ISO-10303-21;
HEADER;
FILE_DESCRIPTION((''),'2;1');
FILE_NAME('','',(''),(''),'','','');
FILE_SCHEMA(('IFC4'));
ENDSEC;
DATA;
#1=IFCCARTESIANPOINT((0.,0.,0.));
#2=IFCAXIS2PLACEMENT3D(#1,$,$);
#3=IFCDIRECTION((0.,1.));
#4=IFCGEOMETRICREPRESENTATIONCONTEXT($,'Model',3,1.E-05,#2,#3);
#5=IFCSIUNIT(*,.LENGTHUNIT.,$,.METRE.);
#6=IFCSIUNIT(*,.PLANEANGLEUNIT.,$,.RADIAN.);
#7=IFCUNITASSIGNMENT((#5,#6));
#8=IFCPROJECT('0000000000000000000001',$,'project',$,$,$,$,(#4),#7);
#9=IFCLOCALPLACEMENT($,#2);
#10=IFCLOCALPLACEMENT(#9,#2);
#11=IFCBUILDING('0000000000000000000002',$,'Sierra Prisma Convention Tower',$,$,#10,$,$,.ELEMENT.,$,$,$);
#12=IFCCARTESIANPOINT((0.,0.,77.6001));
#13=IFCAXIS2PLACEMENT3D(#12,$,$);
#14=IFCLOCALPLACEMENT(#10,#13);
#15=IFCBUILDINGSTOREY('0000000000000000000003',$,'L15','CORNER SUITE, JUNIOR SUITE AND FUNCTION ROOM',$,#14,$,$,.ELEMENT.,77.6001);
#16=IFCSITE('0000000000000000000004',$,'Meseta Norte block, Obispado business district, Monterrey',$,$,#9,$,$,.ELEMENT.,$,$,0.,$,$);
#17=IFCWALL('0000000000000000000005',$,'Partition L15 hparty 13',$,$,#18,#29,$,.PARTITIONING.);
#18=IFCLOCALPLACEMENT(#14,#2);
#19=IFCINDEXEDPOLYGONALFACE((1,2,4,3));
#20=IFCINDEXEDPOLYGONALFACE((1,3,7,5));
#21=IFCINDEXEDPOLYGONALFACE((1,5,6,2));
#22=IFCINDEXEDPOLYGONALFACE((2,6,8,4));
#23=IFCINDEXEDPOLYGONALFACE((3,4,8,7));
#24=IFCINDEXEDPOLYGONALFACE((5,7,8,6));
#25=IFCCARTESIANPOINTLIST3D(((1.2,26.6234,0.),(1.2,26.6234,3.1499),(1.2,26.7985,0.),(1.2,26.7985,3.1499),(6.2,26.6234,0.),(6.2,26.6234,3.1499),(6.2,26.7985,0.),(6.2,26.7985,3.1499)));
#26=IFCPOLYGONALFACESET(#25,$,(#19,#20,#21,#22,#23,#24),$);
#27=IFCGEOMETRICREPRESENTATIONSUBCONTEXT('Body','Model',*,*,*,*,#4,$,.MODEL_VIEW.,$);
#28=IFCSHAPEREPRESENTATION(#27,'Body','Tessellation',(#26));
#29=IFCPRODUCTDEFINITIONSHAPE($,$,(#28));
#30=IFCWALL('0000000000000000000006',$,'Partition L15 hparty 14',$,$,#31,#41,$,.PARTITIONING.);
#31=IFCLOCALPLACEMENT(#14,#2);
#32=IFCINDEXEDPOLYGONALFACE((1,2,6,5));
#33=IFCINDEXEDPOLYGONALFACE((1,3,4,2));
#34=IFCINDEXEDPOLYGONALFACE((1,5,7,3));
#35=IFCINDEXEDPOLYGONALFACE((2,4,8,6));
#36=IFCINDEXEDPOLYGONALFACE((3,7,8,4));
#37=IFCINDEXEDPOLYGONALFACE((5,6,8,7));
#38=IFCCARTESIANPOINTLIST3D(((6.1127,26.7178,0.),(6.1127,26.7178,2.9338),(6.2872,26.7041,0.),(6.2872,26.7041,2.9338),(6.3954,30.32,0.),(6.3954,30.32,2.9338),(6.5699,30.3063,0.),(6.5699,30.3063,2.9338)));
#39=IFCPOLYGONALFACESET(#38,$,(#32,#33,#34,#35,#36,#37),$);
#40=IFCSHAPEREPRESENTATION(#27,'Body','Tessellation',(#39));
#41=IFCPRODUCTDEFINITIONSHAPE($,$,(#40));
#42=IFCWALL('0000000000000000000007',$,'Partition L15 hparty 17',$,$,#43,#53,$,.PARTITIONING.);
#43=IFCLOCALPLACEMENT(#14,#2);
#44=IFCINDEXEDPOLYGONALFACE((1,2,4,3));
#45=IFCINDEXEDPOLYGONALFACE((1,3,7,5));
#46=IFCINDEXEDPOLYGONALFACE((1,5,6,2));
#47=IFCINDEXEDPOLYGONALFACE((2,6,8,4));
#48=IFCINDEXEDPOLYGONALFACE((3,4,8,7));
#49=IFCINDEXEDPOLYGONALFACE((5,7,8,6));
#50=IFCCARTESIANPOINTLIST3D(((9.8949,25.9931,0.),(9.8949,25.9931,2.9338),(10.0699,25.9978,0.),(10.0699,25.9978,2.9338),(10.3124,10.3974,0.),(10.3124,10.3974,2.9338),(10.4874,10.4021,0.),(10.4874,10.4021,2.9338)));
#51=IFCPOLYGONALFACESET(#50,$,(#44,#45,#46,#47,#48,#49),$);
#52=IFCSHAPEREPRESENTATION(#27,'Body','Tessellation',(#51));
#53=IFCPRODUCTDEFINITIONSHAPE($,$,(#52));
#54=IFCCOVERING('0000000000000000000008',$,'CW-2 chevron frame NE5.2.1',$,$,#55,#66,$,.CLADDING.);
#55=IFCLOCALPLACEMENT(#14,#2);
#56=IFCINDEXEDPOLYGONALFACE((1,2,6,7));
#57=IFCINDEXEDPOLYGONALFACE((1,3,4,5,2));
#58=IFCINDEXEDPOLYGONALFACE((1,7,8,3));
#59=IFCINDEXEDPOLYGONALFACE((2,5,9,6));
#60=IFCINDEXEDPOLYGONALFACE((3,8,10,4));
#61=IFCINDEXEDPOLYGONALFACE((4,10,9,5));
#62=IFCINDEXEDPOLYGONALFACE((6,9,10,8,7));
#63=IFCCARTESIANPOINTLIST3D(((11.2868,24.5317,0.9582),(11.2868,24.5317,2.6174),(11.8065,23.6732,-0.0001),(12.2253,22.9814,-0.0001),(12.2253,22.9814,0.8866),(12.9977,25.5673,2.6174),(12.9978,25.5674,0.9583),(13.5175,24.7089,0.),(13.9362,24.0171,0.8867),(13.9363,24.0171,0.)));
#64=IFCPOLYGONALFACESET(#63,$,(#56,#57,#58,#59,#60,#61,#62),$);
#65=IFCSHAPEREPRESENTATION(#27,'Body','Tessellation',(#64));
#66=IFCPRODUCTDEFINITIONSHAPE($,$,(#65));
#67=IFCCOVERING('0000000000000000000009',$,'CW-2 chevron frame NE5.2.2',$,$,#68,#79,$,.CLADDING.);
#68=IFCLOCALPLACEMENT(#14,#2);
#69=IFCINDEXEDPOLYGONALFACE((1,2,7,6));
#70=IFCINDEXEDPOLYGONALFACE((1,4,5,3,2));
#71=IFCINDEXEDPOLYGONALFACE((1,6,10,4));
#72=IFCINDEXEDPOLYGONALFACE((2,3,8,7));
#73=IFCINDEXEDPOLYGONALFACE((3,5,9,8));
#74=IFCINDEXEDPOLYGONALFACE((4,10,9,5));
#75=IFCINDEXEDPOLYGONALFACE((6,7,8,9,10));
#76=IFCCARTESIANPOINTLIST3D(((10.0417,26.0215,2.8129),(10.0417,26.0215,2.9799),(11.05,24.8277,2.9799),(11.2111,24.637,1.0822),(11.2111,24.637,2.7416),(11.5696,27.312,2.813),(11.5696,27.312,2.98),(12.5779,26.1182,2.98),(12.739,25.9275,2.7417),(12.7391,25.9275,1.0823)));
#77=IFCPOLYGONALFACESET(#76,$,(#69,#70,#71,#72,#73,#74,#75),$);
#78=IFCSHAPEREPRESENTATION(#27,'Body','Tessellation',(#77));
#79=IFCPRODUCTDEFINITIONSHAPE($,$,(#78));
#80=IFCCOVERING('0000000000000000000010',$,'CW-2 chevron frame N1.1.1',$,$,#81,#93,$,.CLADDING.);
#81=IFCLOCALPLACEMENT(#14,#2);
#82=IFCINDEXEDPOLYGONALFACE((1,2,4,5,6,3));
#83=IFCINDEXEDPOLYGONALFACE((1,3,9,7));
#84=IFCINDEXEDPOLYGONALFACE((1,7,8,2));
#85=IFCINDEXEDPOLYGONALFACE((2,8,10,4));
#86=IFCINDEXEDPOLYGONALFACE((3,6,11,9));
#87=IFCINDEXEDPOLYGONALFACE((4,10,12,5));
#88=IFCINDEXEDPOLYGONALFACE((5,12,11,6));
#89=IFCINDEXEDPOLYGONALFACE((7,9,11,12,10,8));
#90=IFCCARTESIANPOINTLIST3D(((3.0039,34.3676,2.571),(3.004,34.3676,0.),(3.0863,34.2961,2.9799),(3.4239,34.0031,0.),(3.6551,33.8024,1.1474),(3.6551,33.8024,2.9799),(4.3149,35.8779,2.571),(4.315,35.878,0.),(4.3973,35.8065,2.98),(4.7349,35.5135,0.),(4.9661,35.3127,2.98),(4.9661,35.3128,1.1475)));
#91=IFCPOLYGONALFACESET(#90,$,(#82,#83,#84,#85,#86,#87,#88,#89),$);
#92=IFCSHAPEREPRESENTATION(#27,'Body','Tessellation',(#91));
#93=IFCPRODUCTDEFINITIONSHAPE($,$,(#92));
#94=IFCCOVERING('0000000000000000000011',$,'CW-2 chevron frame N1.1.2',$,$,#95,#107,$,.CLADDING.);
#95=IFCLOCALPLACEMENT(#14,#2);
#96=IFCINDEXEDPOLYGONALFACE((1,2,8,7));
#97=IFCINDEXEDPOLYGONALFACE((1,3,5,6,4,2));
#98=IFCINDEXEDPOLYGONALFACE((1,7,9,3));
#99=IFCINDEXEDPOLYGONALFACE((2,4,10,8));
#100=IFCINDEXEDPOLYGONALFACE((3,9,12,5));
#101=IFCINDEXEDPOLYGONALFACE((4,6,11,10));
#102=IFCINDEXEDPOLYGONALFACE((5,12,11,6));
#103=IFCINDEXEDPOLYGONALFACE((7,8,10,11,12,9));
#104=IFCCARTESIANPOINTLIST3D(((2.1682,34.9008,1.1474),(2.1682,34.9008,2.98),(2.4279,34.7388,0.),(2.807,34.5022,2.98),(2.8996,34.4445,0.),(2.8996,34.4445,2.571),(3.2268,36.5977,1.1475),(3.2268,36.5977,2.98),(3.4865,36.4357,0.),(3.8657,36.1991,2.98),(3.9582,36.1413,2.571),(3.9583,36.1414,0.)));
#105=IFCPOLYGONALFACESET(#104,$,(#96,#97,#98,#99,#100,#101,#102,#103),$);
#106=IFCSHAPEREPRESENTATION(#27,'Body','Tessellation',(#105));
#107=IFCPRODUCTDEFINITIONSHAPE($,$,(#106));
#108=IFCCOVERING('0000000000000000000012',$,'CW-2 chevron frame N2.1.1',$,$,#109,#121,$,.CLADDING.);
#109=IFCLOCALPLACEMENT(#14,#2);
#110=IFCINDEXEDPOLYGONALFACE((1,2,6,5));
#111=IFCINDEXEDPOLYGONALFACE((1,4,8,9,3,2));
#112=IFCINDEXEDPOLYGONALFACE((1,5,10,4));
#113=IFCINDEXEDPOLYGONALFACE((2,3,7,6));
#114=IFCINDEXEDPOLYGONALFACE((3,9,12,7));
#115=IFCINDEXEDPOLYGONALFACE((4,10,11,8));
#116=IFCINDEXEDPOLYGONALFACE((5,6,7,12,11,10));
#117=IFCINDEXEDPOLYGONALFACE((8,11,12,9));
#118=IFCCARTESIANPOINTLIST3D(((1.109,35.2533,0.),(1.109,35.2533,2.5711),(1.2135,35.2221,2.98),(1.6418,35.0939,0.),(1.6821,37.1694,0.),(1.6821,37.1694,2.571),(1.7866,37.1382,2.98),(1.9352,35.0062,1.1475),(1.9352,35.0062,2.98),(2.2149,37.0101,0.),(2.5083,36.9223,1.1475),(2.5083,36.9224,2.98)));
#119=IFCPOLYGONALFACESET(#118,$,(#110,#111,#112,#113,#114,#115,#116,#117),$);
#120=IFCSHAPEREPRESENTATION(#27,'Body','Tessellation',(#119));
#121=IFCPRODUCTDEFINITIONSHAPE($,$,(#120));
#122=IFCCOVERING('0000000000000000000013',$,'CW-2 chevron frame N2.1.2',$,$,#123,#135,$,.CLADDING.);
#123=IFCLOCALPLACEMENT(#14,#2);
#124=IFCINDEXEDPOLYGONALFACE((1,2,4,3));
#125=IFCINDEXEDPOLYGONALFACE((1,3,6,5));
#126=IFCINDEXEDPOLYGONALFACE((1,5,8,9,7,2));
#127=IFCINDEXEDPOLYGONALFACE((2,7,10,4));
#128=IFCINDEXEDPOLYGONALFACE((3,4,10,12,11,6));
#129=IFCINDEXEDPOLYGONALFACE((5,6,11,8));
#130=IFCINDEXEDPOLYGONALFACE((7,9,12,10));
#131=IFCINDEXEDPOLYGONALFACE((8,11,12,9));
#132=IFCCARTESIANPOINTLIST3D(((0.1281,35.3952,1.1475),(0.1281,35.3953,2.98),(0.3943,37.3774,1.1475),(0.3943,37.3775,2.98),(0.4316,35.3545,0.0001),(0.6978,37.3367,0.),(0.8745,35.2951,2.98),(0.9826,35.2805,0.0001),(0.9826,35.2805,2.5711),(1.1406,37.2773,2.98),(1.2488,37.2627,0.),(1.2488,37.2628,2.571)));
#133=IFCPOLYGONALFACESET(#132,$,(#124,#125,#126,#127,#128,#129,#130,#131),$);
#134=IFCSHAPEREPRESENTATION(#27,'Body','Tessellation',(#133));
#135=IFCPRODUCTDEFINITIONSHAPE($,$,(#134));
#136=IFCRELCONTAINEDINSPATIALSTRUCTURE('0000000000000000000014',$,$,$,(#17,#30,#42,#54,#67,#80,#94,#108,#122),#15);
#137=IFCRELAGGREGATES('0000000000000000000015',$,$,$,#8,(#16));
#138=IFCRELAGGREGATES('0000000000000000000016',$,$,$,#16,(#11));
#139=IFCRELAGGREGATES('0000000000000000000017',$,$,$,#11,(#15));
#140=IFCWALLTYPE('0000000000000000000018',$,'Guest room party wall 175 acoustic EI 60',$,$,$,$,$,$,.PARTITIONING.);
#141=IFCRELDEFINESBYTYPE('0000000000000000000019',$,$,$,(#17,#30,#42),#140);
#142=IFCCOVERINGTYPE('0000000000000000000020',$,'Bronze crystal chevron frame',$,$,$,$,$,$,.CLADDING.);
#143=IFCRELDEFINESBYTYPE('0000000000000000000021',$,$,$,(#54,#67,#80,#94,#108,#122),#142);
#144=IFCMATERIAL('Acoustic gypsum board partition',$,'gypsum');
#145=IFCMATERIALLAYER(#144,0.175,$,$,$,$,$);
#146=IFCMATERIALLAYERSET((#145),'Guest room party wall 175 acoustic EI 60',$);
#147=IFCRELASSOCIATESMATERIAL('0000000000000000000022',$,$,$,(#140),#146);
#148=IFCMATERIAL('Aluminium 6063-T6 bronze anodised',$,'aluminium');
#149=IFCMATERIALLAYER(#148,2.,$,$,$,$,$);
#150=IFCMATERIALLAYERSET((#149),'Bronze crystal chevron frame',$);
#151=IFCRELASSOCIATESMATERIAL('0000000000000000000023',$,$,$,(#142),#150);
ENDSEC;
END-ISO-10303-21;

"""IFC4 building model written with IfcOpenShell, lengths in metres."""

from ifc_helpers import new_model, si_unit, direction, frame, frame_2d, origin, place, context, subcontext, project, spatial, polyline, rectangle, outline, extrude, material, layer, layer_set, type_object, element, save


model = new_model("IFC4")

# Units and contexts
model_context = context("Model", 3, precision=1e-05, world=origin(), true_north=direction((0.0, 1.0)))
body_context = subcontext(model_context, "Body", "Model", "MODEL_VIEW")
ifc_project = project(units=[si_unit("LENGTHUNIT", "METRE"), si_unit("PLANEANGLEUNIT", "RADIAN")], contexts=[model_context])

# Site, building, storey
site_placement = place(None, origin())
site = spatial("IfcSite", under=ifc_project, at=site_placement, Name="Meseta Norte block, Obispado business district, Monterrey", CompositionType="ELEMENT", RefElevation=0.0)
building_placement = place(site_placement, origin())
building = spatial("IfcBuilding", under=site, at=building_placement, Name="Sierra Prisma Convention Tower", CompositionType="ELEMENT")
storey_placement = place(building_placement, frame((0.0, 0.0, 77.6001)))
storey = spatial("IfcBuildingStorey", under=building, at=storey_placement, Name="L15", Description="CORNER SUITE, JUNIOR SUITE AND FUNCTION ROOM", CompositionType="ELEMENT", Elevation=77.6001)

# Walls
ifc_material_1 = material(Name="Acoustic gypsum board partition", Category="gypsum")
ifc_layer_1 = layer(ifc_material_1, 0.175)
ifc_layer_set_1 = layer_set([ifc_layer_1], Name="Guest room party wall 175 acoustic EI 60")
wall_type_1 = type_object("IfcWallType", Name="Guest room party wall 175 acoustic EI 60", PredefinedType="PARTITIONING", material=ifc_layer_set_1)
wall_1_placement = place(storey_placement, frame((1.2, 26.7109, 0.0), z_axis=(0.0, 0.0, 1.0), x_axis=(1.0, 0.0, 0.0)))
element("IfcWall", 1, at=wall_1_placement, inside=storey, type_object=wall_type_1, Name="Partition L15 hparty 13", PredefinedType="PARTITIONING", context=body_context, shape_type="SweptSolid", body=[
    extrude(rectangle(XDim=5.0, YDim=0.175, at=frame_2d((2.5, 0.0))), origin(), (0.0, 0.0, 1.0), 3.1499),
])
wall_2_placement = place(storey_placement, frame((6.2, 26.7109, 0.0), z_axis=(0.0, 0.0, 1.0), x_axis=(0.078241, 0.996934, 0.0)))
element("IfcWall", 2, at=wall_2_placement, inside=storey, type_object=wall_type_1, Name="Partition L15 hparty 14", PredefinedType="PARTITIONING", context=body_context, shape_type="SweptSolid", body=[
    extrude(rectangle(XDim=3.6133, YDim=0.175, at=frame_2d((1.8066, 0.0))), origin(), (0.0, 0.0, 1.0), 2.9338),
])
wall_3_placement = place(storey_placement, frame((9.9824, 25.9956, 0.0), z_axis=(0.0, 0.0, 1.0), x_axis=(0.026759, -0.999642, 0.0)))
element("IfcWall", 3, at=wall_3_placement, inside=storey, type_object=wall_type_1, Name="Partition L15 hparty 17", PredefinedType="PARTITIONING", context=body_context, shape_type="SweptSolid", body=[
    extrude(rectangle(XDim=15.6013, YDim=0.175, at=frame_2d((7.8008, 0.0))), origin(), (0.0, 0.0, 1.0), 2.9338),
])

# Coverings
ifc_material_2 = material(Name="Aluminium 6063-T6 bronze anodised", Category="aluminium")
ifc_layer_2 = layer(ifc_material_2, 2.0)
ifc_layer_set_2 = layer_set([ifc_layer_2], Name="Bronze crystal chevron frame")
covering_type = type_object("IfcCoveringType", Name="Bronze crystal chevron frame", PredefinedType="CLADDING", material=ifc_layer_set_2)
covering_1_placement = place(storey_placement, frame((13.9363, 24.0171, 0.0), z_axis=(0.855477, 0.517842, 0.00004), x_axis=(-0.517842, 0.855477, 0.0)))
element("IfcCovering", 4, at=covering_1_placement, inside=storey, type_object=covering_type, Name="CW-2 chevron frame NE5.2.1", PredefinedType="CLADDING", context=body_context, shape_type="SweptSolid", body=[
    extrude(outline(polyline([(0.0, 0.0), (0.8087, 0.0), (1.8122, 0.9583), (1.8122, 2.6174), (0.0, 0.8867), (0.0, 0.0)])), origin(), (0.0, 0.0, -1.0), 2.0),
])
covering_2_placement = place(storey_placement, frame((11.5696, 27.312, 2.98), z_axis=(0.763956, 0.645269, 0.00003), x_axis=(0.645269, -0.763956, 0.0)))
element("IfcCovering", 5, at=covering_2_placement, inside=storey, type_object=covering_type, Name="CW-2 chevron frame NE5.2.2", PredefinedType="CLADDING", context=body_context, shape_type="SweptSolid", body=[
    extrude(outline(polyline([(0.0, 0.0), (1.5627, 0.0), (1.8123, 0.2383), (1.8123, 1.8977), (0.0, 0.167), (0.0, 0.0)])), origin(), (0.0, 0.0, -1.0), 2.0),
])
covering_3_placement = place(storey_placement, frame((4.9661, 35.3127, 2.98), z_axis=(0.655507, 0.755189, 0.000016), x_axis=(0.00001, 0.000012, -1.0)))
element("IfcCovering", 6, at=covering_3_placement, inside=storey, type_object=covering_type, Name="CW-2 chevron frame N1.1.1", PredefinedType="CLADDING", context=body_context, shape_type="SweptSolid", body=[
    extrude(outline(polyline([(0.0, 0.0), (1.8325, 0.0), (2.98, 0.3062), (2.98, 0.8622), (0.4089, 0.8622), (0.0, 0.7532), (0.0, 0.0)])), origin(), (0.0, 0.0, -1.0), 2.0),
])
covering_4_placement = place(storey_placement, frame((3.9583, 36.1414, 0.0), z_axis=(0.52931, 0.848429, 0.000007), x_axis=(-0.848429, 0.52931, 0.0)))
element("IfcCovering", 7, at=covering_4_placement, inside=storey, type_object=covering_type, Name="CW-2 chevron frame N1.1.2", PredefinedType="CLADDING", context=body_context, shape_type="SweptSolid", body=[
    extrude(outline(polyline([(0.0, 0.0), (0.556, 0.0), (0.8621, 1.1475), (0.8621, 2.98), (0.1091, 2.98), (0.0, 2.571), (0.0, 0.0)])), origin(), (0.0, 0.0, -1.0), 2.0),
])
covering_5_placement = place(storey_placement, frame((2.5083, 36.9224, 2.98), z_axis=(0.286542, 0.958068, -0.00002), x_axis=(-0.000006, -0.000019, -1.0)))
element("IfcCovering", 8, at=covering_5_placement, inside=storey, type_object=covering_type, Name="CW-2 chevron frame N2.1.1", PredefinedType="CLADDING", context=body_context, shape_type="SweptSolid", body=[
    extrude(outline(polyline([(0.0, 0.0), (1.8325, 0.0), (2.98, 0.3063), (2.98, 0.8623), (0.4089, 0.8623), (0.0, 0.7533), (0.0, 0.0)])), origin(), (0.0, 0.0, -1.0), 2.0),
])
covering_6_placement = place(storey_placement, frame((0.6978, 37.3367, 0.0), z_axis=(0.133076, 0.991106, -0.000026), x_axis=(-0.255526, 0.034335, 0.966192)))
element("IfcCovering", 9, at=covering_6_placement, inside=storey, type_object=covering_type, Name="CW-2 chevron frame N2.1.2", PredefinedType="CLADDING", context=body_context, shape_type="SweptSolid", body=[
    extrude(outline(polyline([(0.0, 0.0), (1.1876, 0.0), (2.9582, 0.4725), (2.764, 1.2), (2.3408, 1.2), (-0.1433, 0.5372), (0.0, 0.0)])), origin(), (0.0, 0.0, -1.0), 2.0),
])

save(model, "model.ifc")
